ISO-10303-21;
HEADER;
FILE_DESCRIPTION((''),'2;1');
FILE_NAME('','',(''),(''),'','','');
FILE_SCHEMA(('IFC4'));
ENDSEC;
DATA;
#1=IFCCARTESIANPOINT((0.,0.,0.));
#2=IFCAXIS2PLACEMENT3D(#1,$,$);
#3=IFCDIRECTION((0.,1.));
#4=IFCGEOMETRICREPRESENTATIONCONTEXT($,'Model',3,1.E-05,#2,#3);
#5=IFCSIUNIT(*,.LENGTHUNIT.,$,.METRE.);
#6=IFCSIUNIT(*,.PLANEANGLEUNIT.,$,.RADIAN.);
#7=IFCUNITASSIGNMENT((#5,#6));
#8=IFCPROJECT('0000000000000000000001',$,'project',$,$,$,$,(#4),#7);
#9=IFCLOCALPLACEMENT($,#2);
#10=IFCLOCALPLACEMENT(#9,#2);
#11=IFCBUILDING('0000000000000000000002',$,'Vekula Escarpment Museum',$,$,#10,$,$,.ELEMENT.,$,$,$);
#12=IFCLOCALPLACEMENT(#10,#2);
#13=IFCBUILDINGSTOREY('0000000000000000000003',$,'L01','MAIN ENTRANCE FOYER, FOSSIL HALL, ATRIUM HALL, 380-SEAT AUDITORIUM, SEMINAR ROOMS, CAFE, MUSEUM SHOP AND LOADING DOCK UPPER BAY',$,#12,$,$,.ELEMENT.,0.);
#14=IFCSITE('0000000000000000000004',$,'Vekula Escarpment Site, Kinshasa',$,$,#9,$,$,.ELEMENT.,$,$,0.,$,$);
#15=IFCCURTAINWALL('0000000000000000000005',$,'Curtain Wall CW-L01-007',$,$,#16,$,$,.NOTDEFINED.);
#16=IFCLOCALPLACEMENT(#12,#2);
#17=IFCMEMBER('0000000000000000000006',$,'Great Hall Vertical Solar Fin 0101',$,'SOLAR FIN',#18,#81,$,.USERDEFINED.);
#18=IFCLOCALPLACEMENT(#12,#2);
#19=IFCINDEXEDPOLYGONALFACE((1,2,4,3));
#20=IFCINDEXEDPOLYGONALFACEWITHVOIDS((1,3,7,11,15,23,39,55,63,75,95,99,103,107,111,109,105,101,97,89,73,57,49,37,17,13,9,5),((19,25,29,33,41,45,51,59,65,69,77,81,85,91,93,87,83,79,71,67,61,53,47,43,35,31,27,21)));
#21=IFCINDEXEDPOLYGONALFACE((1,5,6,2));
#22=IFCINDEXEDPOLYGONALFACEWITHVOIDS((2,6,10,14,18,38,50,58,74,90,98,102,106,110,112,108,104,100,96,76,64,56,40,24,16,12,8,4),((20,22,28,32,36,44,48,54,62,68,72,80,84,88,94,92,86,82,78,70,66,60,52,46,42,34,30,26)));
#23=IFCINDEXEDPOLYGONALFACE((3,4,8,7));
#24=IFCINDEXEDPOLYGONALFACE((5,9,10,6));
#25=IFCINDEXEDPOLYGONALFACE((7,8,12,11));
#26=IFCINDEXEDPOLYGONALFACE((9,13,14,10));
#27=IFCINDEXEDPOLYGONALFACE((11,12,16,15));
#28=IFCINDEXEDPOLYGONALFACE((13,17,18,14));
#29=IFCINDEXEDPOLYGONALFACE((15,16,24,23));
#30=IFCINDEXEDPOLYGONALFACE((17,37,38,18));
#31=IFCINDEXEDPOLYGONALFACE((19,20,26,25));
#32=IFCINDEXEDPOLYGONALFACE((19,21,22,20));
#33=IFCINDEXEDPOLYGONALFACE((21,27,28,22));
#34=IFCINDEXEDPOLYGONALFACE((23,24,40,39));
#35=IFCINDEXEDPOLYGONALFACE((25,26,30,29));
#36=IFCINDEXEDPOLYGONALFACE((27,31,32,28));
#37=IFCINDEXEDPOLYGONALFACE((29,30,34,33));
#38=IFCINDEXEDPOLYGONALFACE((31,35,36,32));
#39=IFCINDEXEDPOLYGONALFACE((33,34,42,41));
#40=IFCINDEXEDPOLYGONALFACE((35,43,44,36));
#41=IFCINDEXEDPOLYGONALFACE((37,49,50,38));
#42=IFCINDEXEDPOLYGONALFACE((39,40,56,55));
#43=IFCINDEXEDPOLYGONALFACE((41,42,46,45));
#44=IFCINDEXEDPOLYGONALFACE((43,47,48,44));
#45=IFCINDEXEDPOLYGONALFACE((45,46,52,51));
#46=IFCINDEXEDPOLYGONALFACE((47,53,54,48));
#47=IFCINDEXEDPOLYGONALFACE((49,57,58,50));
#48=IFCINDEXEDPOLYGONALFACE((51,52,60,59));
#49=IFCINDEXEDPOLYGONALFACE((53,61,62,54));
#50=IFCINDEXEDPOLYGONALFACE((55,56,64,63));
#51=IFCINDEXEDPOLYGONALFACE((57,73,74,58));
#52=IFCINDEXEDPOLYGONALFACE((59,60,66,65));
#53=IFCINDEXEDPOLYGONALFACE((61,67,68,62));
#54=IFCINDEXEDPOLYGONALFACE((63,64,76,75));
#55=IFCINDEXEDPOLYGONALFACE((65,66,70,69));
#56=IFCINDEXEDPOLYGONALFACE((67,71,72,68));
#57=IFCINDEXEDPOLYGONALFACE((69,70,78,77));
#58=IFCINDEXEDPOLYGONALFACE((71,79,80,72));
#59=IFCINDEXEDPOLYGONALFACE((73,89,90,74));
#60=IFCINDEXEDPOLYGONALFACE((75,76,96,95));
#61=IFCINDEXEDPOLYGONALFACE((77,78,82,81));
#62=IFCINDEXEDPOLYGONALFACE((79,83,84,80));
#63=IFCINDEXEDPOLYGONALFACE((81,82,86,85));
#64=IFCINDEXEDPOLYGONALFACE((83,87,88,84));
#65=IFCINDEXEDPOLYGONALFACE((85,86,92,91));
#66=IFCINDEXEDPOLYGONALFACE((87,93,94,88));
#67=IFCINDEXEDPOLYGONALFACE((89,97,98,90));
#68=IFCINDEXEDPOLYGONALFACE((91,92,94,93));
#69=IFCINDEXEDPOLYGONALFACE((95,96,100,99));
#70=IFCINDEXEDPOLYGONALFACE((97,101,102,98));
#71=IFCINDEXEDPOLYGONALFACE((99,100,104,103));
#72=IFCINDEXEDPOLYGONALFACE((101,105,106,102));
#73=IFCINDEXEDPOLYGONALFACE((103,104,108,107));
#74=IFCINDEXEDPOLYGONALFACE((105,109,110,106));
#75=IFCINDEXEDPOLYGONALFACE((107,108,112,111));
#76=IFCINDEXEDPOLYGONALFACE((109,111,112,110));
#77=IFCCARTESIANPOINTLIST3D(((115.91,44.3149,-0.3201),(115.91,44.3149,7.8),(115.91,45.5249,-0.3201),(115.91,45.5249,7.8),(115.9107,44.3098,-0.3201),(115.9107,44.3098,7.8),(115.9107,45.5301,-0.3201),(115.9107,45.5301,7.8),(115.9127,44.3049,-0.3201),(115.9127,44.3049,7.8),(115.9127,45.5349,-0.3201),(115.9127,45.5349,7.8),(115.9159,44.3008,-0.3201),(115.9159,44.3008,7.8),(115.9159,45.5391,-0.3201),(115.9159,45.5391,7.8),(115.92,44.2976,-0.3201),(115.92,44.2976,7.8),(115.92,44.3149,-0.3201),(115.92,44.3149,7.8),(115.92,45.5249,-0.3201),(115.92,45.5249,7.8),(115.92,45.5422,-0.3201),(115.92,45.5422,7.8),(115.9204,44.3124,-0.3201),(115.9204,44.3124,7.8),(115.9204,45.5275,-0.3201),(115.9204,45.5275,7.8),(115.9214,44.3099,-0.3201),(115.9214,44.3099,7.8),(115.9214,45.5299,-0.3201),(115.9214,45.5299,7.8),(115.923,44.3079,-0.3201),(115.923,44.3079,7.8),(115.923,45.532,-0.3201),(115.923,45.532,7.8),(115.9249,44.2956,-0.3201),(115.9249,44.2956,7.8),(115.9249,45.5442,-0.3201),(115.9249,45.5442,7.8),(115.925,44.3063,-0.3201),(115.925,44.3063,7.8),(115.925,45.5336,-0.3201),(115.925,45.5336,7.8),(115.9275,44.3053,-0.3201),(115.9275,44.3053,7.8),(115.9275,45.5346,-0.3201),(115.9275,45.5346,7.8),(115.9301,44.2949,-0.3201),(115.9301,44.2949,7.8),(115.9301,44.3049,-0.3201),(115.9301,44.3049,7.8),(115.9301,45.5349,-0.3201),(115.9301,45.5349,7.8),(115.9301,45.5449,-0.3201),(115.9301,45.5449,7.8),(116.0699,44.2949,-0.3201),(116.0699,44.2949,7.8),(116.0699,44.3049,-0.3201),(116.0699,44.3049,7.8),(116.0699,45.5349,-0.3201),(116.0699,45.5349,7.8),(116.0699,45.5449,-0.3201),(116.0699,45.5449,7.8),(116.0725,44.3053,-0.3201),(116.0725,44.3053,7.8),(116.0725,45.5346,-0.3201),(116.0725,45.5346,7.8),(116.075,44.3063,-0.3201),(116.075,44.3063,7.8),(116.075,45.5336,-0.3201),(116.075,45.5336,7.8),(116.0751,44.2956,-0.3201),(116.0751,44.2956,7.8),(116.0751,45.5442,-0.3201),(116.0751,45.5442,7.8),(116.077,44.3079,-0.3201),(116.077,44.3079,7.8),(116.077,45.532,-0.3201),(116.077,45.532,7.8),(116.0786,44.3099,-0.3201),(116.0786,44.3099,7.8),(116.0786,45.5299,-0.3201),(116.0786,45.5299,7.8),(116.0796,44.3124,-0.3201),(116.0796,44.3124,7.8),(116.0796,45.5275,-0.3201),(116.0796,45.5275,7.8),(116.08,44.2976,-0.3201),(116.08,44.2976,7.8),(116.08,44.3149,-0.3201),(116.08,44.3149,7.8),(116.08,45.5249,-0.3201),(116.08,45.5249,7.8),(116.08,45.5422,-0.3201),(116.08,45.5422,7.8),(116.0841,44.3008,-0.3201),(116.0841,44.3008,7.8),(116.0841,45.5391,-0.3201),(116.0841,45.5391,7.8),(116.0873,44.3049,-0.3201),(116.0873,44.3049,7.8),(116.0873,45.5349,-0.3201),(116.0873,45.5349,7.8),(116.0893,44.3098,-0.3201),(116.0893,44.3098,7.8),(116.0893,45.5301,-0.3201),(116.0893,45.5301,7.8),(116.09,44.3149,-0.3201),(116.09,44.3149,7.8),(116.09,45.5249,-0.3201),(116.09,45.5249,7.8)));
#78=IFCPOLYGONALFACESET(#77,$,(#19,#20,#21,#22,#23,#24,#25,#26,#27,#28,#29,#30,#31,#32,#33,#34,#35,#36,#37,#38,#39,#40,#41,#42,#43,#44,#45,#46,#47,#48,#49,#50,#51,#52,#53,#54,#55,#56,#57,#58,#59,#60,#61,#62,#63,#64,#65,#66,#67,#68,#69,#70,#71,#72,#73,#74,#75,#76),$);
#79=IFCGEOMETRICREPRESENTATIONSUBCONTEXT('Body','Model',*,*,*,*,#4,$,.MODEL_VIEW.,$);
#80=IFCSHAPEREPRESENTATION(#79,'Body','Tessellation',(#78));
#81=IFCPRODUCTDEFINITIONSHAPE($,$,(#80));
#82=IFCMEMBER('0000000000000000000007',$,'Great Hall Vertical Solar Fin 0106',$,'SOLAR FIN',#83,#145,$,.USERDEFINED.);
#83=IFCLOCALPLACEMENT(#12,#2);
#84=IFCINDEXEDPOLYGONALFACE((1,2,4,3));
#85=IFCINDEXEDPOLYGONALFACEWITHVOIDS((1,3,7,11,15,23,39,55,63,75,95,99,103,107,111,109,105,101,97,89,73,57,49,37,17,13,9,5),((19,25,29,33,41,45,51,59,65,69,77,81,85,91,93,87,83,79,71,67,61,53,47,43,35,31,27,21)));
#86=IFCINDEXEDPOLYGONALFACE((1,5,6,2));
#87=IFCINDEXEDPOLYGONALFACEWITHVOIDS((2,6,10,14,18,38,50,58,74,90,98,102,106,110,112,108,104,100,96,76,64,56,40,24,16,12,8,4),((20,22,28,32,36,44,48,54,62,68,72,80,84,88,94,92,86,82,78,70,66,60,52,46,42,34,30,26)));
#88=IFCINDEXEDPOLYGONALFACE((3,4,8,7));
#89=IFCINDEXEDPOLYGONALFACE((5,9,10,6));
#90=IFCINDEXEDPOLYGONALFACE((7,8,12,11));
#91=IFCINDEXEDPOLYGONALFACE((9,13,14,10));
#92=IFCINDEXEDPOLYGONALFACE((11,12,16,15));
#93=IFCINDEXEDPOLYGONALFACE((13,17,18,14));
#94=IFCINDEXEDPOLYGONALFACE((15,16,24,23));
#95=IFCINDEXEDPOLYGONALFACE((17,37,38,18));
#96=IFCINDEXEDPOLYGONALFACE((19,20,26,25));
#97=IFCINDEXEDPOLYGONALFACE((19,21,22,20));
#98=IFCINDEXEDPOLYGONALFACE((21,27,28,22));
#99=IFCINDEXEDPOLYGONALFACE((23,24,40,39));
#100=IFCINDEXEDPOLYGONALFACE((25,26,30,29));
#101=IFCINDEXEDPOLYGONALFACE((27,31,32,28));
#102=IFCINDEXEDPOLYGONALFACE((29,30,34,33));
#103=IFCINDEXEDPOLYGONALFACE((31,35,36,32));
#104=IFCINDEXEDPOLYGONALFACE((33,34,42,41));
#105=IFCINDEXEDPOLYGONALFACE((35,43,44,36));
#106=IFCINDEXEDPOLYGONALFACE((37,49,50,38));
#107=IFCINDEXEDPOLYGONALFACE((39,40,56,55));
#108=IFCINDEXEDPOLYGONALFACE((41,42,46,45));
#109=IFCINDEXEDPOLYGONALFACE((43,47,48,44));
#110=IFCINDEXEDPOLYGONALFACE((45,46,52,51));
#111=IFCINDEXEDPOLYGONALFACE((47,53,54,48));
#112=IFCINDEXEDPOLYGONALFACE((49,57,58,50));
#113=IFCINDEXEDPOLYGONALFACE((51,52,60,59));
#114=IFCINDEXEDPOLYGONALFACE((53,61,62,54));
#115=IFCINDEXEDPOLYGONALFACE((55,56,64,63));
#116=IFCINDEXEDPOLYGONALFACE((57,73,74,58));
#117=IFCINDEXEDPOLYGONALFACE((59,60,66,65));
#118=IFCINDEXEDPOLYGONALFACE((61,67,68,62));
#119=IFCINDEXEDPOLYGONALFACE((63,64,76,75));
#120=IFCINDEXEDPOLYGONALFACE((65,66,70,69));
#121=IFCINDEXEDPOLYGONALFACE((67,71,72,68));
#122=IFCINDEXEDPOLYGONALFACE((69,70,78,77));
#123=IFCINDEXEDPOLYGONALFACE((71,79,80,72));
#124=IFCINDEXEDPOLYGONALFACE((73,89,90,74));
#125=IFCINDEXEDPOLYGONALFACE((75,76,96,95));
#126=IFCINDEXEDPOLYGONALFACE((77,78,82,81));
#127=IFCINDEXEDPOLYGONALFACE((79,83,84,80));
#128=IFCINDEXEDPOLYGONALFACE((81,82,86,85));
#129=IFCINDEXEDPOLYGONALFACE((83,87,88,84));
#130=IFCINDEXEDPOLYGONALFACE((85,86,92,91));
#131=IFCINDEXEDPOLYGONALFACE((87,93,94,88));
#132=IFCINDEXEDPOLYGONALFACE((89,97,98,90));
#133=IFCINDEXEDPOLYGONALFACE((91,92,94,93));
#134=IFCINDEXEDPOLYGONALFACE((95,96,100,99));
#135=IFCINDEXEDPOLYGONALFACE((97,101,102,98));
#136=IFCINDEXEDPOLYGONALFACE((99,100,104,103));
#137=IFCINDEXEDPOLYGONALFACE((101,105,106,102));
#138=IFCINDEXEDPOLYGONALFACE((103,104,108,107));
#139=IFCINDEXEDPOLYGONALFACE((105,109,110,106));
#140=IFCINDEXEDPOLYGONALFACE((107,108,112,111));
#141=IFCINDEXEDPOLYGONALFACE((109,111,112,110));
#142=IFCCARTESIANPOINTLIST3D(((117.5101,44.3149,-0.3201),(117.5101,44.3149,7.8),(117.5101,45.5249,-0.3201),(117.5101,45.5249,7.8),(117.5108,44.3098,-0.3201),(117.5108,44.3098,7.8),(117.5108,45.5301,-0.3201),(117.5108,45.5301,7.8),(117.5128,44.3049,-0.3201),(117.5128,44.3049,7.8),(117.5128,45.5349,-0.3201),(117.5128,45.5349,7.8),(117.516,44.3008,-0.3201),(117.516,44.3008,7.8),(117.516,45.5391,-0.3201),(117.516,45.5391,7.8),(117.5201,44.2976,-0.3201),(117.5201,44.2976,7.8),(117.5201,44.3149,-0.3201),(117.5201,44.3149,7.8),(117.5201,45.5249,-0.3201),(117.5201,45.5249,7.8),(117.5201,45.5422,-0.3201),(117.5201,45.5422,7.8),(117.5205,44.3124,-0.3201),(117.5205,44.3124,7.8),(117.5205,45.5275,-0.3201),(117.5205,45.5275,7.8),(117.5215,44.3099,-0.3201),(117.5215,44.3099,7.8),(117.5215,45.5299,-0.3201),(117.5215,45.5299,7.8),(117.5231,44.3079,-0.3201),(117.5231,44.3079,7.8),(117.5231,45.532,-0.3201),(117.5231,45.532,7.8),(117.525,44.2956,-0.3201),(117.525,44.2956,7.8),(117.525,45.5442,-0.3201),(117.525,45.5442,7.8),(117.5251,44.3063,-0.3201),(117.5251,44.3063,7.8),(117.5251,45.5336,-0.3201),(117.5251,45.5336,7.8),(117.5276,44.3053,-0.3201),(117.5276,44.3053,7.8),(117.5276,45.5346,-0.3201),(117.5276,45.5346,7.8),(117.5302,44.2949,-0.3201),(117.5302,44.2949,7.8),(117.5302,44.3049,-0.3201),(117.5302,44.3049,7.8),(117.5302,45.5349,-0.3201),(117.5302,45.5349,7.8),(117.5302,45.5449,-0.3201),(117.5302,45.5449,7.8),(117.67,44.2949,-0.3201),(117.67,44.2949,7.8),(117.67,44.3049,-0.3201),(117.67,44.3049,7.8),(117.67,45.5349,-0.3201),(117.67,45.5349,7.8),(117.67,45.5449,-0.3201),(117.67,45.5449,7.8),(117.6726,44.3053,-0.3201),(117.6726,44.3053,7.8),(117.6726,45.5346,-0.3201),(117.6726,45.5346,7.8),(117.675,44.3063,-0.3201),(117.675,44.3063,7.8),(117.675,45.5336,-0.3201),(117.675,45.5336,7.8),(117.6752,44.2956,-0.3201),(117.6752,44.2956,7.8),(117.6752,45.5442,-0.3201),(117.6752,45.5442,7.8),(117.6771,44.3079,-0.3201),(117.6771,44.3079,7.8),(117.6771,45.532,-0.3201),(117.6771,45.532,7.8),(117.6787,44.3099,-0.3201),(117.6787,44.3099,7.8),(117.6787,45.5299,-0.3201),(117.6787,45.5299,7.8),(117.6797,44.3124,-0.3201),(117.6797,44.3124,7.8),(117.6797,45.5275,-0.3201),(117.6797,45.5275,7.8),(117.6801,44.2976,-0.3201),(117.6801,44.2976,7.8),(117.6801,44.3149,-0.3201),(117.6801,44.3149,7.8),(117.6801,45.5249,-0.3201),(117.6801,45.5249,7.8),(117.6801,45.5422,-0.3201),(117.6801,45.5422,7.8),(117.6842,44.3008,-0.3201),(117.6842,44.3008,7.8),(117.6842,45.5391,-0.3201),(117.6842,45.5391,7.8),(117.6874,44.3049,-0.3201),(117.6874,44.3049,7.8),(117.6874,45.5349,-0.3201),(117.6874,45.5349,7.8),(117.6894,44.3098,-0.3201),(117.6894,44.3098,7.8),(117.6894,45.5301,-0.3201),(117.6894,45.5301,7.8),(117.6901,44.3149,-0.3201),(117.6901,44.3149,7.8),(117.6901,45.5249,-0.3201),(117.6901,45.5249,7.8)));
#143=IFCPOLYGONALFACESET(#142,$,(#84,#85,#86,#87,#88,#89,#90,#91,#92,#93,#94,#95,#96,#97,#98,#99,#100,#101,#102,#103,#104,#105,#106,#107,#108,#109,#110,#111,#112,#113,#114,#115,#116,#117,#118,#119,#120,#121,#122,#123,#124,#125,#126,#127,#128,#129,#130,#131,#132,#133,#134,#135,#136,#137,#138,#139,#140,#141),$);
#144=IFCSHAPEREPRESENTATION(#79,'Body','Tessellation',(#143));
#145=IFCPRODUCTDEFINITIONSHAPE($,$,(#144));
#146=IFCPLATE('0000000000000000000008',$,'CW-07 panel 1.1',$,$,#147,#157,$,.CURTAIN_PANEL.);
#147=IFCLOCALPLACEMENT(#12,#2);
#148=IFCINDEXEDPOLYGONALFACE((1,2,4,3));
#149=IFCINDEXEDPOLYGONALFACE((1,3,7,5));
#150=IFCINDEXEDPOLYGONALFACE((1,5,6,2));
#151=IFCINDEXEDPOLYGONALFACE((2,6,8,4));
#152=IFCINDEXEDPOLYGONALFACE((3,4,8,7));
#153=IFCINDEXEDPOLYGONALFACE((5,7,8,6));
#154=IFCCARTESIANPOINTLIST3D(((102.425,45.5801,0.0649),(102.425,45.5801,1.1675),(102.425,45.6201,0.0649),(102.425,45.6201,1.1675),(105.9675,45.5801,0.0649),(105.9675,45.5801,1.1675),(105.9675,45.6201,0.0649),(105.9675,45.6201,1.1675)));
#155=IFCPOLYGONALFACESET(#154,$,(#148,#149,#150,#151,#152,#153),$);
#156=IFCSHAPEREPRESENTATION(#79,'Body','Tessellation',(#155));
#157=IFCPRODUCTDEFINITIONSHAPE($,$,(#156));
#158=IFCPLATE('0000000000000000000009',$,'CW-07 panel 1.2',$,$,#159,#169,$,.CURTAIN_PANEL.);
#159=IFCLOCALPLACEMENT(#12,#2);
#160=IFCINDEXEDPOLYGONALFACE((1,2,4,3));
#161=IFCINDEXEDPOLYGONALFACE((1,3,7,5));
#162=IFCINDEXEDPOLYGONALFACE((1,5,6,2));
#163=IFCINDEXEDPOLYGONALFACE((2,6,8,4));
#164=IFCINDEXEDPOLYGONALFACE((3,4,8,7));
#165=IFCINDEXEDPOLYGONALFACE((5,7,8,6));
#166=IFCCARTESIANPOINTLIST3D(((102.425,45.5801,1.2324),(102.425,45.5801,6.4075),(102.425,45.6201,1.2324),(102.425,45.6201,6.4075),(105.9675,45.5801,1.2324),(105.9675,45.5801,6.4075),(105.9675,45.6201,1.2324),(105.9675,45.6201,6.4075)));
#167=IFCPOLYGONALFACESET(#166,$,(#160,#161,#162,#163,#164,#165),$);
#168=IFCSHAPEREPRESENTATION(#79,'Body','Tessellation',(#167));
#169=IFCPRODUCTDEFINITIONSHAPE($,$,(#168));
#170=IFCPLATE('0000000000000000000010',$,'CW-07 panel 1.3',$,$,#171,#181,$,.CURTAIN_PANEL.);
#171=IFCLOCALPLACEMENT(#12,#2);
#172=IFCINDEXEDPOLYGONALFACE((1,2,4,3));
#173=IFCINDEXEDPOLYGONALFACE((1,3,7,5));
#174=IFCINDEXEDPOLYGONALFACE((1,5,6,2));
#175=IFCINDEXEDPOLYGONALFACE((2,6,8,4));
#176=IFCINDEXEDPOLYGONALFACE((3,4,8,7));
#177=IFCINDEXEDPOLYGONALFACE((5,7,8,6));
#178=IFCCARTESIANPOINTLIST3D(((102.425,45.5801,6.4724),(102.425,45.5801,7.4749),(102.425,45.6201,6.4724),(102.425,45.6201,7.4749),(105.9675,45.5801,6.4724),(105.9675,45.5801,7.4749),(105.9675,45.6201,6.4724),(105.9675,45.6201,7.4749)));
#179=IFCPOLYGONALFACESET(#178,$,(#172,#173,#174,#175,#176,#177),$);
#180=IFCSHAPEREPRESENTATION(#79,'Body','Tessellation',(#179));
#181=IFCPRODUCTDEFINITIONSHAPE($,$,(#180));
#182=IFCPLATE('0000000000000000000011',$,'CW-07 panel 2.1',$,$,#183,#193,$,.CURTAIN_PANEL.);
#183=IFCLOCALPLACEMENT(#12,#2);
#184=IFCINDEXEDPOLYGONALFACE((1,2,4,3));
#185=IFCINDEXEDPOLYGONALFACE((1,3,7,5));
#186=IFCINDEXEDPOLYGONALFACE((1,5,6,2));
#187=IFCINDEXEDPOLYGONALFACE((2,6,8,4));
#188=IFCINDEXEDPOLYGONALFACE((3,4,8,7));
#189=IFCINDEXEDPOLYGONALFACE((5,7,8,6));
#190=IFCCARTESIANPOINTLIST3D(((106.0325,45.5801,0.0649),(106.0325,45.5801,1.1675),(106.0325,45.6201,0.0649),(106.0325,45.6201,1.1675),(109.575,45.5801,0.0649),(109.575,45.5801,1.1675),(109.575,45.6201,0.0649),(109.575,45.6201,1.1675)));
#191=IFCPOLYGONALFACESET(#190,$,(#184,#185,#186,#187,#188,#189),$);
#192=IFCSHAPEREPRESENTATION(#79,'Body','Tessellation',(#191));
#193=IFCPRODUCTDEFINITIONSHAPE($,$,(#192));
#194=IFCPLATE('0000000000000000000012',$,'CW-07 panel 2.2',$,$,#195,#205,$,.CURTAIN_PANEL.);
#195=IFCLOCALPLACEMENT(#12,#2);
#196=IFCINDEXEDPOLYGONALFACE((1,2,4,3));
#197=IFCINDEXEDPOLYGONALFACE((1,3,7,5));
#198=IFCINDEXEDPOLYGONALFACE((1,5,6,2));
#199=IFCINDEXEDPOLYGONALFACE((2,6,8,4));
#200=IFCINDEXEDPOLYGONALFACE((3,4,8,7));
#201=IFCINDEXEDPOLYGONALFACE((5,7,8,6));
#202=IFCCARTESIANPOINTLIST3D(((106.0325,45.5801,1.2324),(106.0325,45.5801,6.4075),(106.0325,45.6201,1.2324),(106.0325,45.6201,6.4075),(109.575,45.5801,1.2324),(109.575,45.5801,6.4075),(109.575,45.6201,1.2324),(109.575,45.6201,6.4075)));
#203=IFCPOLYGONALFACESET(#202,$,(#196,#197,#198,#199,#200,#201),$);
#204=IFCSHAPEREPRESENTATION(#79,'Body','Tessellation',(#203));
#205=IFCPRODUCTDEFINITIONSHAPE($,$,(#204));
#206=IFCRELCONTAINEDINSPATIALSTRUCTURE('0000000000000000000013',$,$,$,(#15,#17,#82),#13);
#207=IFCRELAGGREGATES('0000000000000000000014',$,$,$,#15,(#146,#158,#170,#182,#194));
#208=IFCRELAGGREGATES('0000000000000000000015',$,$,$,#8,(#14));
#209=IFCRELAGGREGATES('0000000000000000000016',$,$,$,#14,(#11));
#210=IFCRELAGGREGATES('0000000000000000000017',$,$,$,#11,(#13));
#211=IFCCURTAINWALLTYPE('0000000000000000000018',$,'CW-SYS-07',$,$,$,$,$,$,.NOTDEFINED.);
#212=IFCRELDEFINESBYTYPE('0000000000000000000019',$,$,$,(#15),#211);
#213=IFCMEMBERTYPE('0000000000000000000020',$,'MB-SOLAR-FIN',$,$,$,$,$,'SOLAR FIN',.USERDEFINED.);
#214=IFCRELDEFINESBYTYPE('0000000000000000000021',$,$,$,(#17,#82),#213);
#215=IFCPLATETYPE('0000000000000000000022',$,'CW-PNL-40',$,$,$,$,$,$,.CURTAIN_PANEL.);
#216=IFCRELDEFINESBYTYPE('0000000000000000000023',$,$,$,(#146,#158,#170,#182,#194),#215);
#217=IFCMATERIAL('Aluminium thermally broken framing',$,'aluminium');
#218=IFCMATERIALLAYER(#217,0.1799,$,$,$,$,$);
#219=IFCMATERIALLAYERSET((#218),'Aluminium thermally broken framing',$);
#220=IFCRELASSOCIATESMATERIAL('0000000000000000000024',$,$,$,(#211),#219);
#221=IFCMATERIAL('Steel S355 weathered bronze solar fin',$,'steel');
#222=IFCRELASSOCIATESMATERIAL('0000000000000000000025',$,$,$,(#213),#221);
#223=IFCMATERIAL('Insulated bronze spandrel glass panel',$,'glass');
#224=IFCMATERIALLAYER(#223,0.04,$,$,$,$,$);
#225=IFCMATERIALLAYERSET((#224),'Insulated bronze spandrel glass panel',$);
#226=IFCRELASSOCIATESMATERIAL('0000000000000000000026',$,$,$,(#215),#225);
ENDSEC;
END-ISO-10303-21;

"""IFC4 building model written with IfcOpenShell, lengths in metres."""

from ifc_helpers import new_model, si_unit, direction, frame, origin, origin_2d, place, context, subcontext, project, spatial, rectangle, hollow_rectangle, extrude, material, layer, layer_set, material_profile, profile_set, type_object, element, aggregate, save


model = new_model("IFC4")

# Units and contexts
model_context = context("Model", 3, precision=1e-05, world=origin(), true_north=direction((0.0, 1.0)))
body_context = subcontext(model_context, "Body", "Model", "MODEL_VIEW")
ifc_project = project(units=[si_unit("LENGTHUNIT", "METRE"), si_unit("PLANEANGLEUNIT", "RADIAN")], contexts=[model_context])

# Site, building, storey
site_placement = place(None, origin())
site = spatial("IfcSite", under=ifc_project, at=site_placement, Name="Vekula Escarpment Site, Kinshasa", CompositionType="ELEMENT", RefElevation=0.0)
building_placement = place(site_placement, origin())
building = spatial("IfcBuilding", under=site, at=building_placement, Name="Vekula Escarpment Museum", CompositionType="ELEMENT")
storey_placement = place(building_placement, origin())
storey = spatial("IfcBuildingStorey", under=building, at=storey_placement, Name="L01", Description="MAIN ENTRANCE FOYER, FOSSIL HALL, ATRIUM HALL, 380-SEAT AUDITORIUM, SEMINAR ROOMS, CAFE, MUSEUM SHOP AND LOADING DOCK UPPER BAY", CompositionType="ELEMENT", Elevation=0.0)

# Curtain wall
ifc_material_1 = material(Name="Aluminium thermally broken framing", Category="aluminium")
ifc_layer_1 = layer(ifc_material_1, 0.1799)
ifc_layer_set_1 = layer_set([ifc_layer_1], Name="Aluminium thermally broken framing")
curtain_wall_type = type_object("IfcCurtainWallType", Name="CW-SYS-07", PredefinedType="NOTDEFINED", material=ifc_layer_set_1)
curtain_wall_placement = place(storey_placement, origin())
curtain_wall = element("IfcCurtainWall", 1, at=curtain_wall_placement, inside=storey, type_object=curtain_wall_type, Name="Curtain Wall CW-L01-007", PredefinedType="NOTDEFINED")

# Members
ifc_material_2 = material(Name="Steel S355 weathered bronze solar fin", Category="steel")
ifc_material_profile_1 = material_profile(ifc_material_2, hollow_rectangle(XDim=0.1799, YDim=1.25, WallThickness=0.01, InnerFilletRadius=0.01, OuterFilletRadius=0.02, at=origin_2d()), Name="RHS 1250x180x10")
ifc_profile_set_1 = profile_set([ifc_material_profile_1], Name="Steel S355 weathered bronze solar fin")
member_type_1 = type_object("IfcMemberType", Name="MB-SOLAR-FIN", ElementType="SOLAR FIN", PredefinedType="USERDEFINED", material=ifc_profile_set_1)
for number, where, z_axis, x_axis, name in (
    (2, (116.0, 44.9199, -0.3201), (0.0, 0.0, 1.0), (1.0, 0.0, 0.0), "Great Hall Vertical Solar Fin 0101"),
    (3, (117.6001, 44.9199, -0.3201), (0.0, 0.0, 1.0), (1.0, 0.0, 0.0), "Great Hall Vertical Solar Fin 0106"),
):
    element("IfcMember", number, at=place(storey_placement, frame(where, z_axis=z_axis, x_axis=x_axis)), inside=storey, type_object=member_type_1, Name=name, ObjectType="SOLAR FIN", PredefinedType="USERDEFINED", context=body_context, shape_type="SweptSolid", body=[
        extrude(hollow_rectangle(XDim=0.1799, YDim=1.25, WallThickness=0.01, InnerFilletRadius=0.01, OuterFilletRadius=0.02, at=origin_2d()), origin(), (0.0, 0.0, 1.0), 8.1201),
    ])

# Plates
ifc_material_3 = material(Name="Insulated bronze spandrel glass panel", Category="glass")
ifc_layer_2 = layer(ifc_material_3, 0.04)
ifc_layer_set_2 = layer_set([ifc_layer_2], Name="Insulated bronze spandrel glass panel")
plate_type_1 = type_object("IfcPlateType", Name="CW-PNL-40", PredefinedType="CURTAIN_PANEL", material=ifc_layer_set_2)
plate_1_placement = place(storey_placement, frame((104.1963, 45.6001, 0.0649), z_axis=(0.0, 0.0, 1.0), x_axis=(1.0, 0.0, 0.0)))
plate_1 = element("IfcPlate", 4, at=plate_1_placement, type_object=plate_type_1, Name="CW-07 panel 1.1", PredefinedType="CURTAIN_PANEL", context=body_context, shape_type="SweptSolid", body=[
    extrude(rectangle(XDim=3.5425, YDim=0.04, at=origin_2d()), origin(), (0.0, 0.0, 1.0), 1.1025),
])
plate_2_placement = place(storey_placement, frame((104.1963, 45.6001, 1.2324), z_axis=(0.0, 0.0, 1.0), x_axis=(1.0, 0.0, 0.0)))
plate_2 = element("IfcPlate", 5, at=plate_2_placement, type_object=plate_type_1, Name="CW-07 panel 1.2", PredefinedType="CURTAIN_PANEL", context=body_context, shape_type="SweptSolid", body=[
    extrude(rectangle(XDim=3.5425, YDim=0.04, at=origin_2d()), origin(), (0.0, 0.0, 1.0), 5.175),
])
plate_3_placement = place(storey_placement, frame((104.1963, 45.6001, 6.4724), z_axis=(0.0, 0.0, 1.0), x_axis=(1.0, 0.0, 0.0)))
plate_3 = element("IfcPlate", 6, at=plate_3_placement, type_object=plate_type_1, Name="CW-07 panel 1.3", PredefinedType="CURTAIN_PANEL", context=body_context, shape_type="SweptSolid", body=[
    extrude(rectangle(XDim=3.5425, YDim=0.04, at=origin_2d()), origin(), (0.0, 0.0, 1.0), 1.0024),
])
plate_4_placement = place(storey_placement, frame((107.8037, 45.6001, 0.0649), z_axis=(0.0, 0.0, 1.0), x_axis=(1.0, 0.0, 0.0)))
plate_4 = element("IfcPlate", 7, at=plate_4_placement, type_object=plate_type_1, Name="CW-07 panel 2.1", PredefinedType="CURTAIN_PANEL", context=body_context, shape_type="SweptSolid", body=[
    extrude(rectangle(XDim=3.5425, YDim=0.04, at=origin_2d()), origin(), (0.0, 0.0, 1.0), 1.1025),
])
plate_5_placement = place(storey_placement, frame((107.8037, 45.6001, 1.2324), z_axis=(0.0, 0.0, 1.0), x_axis=(1.0, 0.0, 0.0)))
plate_5 = element("IfcPlate", 8, at=plate_5_placement, type_object=plate_type_1, Name="CW-07 panel 2.2", PredefinedType="CURTAIN_PANEL", context=body_context, shape_type="SweptSolid", body=[
    extrude(rectangle(XDim=3.5425, YDim=0.04, at=origin_2d()), origin(), (0.0, 0.0, 1.0), 5.175),
])
aggregate(curtain_wall, [plate_1, plate_2, plate_3, plate_4, plate_5])

save(model, "model.ifc")
